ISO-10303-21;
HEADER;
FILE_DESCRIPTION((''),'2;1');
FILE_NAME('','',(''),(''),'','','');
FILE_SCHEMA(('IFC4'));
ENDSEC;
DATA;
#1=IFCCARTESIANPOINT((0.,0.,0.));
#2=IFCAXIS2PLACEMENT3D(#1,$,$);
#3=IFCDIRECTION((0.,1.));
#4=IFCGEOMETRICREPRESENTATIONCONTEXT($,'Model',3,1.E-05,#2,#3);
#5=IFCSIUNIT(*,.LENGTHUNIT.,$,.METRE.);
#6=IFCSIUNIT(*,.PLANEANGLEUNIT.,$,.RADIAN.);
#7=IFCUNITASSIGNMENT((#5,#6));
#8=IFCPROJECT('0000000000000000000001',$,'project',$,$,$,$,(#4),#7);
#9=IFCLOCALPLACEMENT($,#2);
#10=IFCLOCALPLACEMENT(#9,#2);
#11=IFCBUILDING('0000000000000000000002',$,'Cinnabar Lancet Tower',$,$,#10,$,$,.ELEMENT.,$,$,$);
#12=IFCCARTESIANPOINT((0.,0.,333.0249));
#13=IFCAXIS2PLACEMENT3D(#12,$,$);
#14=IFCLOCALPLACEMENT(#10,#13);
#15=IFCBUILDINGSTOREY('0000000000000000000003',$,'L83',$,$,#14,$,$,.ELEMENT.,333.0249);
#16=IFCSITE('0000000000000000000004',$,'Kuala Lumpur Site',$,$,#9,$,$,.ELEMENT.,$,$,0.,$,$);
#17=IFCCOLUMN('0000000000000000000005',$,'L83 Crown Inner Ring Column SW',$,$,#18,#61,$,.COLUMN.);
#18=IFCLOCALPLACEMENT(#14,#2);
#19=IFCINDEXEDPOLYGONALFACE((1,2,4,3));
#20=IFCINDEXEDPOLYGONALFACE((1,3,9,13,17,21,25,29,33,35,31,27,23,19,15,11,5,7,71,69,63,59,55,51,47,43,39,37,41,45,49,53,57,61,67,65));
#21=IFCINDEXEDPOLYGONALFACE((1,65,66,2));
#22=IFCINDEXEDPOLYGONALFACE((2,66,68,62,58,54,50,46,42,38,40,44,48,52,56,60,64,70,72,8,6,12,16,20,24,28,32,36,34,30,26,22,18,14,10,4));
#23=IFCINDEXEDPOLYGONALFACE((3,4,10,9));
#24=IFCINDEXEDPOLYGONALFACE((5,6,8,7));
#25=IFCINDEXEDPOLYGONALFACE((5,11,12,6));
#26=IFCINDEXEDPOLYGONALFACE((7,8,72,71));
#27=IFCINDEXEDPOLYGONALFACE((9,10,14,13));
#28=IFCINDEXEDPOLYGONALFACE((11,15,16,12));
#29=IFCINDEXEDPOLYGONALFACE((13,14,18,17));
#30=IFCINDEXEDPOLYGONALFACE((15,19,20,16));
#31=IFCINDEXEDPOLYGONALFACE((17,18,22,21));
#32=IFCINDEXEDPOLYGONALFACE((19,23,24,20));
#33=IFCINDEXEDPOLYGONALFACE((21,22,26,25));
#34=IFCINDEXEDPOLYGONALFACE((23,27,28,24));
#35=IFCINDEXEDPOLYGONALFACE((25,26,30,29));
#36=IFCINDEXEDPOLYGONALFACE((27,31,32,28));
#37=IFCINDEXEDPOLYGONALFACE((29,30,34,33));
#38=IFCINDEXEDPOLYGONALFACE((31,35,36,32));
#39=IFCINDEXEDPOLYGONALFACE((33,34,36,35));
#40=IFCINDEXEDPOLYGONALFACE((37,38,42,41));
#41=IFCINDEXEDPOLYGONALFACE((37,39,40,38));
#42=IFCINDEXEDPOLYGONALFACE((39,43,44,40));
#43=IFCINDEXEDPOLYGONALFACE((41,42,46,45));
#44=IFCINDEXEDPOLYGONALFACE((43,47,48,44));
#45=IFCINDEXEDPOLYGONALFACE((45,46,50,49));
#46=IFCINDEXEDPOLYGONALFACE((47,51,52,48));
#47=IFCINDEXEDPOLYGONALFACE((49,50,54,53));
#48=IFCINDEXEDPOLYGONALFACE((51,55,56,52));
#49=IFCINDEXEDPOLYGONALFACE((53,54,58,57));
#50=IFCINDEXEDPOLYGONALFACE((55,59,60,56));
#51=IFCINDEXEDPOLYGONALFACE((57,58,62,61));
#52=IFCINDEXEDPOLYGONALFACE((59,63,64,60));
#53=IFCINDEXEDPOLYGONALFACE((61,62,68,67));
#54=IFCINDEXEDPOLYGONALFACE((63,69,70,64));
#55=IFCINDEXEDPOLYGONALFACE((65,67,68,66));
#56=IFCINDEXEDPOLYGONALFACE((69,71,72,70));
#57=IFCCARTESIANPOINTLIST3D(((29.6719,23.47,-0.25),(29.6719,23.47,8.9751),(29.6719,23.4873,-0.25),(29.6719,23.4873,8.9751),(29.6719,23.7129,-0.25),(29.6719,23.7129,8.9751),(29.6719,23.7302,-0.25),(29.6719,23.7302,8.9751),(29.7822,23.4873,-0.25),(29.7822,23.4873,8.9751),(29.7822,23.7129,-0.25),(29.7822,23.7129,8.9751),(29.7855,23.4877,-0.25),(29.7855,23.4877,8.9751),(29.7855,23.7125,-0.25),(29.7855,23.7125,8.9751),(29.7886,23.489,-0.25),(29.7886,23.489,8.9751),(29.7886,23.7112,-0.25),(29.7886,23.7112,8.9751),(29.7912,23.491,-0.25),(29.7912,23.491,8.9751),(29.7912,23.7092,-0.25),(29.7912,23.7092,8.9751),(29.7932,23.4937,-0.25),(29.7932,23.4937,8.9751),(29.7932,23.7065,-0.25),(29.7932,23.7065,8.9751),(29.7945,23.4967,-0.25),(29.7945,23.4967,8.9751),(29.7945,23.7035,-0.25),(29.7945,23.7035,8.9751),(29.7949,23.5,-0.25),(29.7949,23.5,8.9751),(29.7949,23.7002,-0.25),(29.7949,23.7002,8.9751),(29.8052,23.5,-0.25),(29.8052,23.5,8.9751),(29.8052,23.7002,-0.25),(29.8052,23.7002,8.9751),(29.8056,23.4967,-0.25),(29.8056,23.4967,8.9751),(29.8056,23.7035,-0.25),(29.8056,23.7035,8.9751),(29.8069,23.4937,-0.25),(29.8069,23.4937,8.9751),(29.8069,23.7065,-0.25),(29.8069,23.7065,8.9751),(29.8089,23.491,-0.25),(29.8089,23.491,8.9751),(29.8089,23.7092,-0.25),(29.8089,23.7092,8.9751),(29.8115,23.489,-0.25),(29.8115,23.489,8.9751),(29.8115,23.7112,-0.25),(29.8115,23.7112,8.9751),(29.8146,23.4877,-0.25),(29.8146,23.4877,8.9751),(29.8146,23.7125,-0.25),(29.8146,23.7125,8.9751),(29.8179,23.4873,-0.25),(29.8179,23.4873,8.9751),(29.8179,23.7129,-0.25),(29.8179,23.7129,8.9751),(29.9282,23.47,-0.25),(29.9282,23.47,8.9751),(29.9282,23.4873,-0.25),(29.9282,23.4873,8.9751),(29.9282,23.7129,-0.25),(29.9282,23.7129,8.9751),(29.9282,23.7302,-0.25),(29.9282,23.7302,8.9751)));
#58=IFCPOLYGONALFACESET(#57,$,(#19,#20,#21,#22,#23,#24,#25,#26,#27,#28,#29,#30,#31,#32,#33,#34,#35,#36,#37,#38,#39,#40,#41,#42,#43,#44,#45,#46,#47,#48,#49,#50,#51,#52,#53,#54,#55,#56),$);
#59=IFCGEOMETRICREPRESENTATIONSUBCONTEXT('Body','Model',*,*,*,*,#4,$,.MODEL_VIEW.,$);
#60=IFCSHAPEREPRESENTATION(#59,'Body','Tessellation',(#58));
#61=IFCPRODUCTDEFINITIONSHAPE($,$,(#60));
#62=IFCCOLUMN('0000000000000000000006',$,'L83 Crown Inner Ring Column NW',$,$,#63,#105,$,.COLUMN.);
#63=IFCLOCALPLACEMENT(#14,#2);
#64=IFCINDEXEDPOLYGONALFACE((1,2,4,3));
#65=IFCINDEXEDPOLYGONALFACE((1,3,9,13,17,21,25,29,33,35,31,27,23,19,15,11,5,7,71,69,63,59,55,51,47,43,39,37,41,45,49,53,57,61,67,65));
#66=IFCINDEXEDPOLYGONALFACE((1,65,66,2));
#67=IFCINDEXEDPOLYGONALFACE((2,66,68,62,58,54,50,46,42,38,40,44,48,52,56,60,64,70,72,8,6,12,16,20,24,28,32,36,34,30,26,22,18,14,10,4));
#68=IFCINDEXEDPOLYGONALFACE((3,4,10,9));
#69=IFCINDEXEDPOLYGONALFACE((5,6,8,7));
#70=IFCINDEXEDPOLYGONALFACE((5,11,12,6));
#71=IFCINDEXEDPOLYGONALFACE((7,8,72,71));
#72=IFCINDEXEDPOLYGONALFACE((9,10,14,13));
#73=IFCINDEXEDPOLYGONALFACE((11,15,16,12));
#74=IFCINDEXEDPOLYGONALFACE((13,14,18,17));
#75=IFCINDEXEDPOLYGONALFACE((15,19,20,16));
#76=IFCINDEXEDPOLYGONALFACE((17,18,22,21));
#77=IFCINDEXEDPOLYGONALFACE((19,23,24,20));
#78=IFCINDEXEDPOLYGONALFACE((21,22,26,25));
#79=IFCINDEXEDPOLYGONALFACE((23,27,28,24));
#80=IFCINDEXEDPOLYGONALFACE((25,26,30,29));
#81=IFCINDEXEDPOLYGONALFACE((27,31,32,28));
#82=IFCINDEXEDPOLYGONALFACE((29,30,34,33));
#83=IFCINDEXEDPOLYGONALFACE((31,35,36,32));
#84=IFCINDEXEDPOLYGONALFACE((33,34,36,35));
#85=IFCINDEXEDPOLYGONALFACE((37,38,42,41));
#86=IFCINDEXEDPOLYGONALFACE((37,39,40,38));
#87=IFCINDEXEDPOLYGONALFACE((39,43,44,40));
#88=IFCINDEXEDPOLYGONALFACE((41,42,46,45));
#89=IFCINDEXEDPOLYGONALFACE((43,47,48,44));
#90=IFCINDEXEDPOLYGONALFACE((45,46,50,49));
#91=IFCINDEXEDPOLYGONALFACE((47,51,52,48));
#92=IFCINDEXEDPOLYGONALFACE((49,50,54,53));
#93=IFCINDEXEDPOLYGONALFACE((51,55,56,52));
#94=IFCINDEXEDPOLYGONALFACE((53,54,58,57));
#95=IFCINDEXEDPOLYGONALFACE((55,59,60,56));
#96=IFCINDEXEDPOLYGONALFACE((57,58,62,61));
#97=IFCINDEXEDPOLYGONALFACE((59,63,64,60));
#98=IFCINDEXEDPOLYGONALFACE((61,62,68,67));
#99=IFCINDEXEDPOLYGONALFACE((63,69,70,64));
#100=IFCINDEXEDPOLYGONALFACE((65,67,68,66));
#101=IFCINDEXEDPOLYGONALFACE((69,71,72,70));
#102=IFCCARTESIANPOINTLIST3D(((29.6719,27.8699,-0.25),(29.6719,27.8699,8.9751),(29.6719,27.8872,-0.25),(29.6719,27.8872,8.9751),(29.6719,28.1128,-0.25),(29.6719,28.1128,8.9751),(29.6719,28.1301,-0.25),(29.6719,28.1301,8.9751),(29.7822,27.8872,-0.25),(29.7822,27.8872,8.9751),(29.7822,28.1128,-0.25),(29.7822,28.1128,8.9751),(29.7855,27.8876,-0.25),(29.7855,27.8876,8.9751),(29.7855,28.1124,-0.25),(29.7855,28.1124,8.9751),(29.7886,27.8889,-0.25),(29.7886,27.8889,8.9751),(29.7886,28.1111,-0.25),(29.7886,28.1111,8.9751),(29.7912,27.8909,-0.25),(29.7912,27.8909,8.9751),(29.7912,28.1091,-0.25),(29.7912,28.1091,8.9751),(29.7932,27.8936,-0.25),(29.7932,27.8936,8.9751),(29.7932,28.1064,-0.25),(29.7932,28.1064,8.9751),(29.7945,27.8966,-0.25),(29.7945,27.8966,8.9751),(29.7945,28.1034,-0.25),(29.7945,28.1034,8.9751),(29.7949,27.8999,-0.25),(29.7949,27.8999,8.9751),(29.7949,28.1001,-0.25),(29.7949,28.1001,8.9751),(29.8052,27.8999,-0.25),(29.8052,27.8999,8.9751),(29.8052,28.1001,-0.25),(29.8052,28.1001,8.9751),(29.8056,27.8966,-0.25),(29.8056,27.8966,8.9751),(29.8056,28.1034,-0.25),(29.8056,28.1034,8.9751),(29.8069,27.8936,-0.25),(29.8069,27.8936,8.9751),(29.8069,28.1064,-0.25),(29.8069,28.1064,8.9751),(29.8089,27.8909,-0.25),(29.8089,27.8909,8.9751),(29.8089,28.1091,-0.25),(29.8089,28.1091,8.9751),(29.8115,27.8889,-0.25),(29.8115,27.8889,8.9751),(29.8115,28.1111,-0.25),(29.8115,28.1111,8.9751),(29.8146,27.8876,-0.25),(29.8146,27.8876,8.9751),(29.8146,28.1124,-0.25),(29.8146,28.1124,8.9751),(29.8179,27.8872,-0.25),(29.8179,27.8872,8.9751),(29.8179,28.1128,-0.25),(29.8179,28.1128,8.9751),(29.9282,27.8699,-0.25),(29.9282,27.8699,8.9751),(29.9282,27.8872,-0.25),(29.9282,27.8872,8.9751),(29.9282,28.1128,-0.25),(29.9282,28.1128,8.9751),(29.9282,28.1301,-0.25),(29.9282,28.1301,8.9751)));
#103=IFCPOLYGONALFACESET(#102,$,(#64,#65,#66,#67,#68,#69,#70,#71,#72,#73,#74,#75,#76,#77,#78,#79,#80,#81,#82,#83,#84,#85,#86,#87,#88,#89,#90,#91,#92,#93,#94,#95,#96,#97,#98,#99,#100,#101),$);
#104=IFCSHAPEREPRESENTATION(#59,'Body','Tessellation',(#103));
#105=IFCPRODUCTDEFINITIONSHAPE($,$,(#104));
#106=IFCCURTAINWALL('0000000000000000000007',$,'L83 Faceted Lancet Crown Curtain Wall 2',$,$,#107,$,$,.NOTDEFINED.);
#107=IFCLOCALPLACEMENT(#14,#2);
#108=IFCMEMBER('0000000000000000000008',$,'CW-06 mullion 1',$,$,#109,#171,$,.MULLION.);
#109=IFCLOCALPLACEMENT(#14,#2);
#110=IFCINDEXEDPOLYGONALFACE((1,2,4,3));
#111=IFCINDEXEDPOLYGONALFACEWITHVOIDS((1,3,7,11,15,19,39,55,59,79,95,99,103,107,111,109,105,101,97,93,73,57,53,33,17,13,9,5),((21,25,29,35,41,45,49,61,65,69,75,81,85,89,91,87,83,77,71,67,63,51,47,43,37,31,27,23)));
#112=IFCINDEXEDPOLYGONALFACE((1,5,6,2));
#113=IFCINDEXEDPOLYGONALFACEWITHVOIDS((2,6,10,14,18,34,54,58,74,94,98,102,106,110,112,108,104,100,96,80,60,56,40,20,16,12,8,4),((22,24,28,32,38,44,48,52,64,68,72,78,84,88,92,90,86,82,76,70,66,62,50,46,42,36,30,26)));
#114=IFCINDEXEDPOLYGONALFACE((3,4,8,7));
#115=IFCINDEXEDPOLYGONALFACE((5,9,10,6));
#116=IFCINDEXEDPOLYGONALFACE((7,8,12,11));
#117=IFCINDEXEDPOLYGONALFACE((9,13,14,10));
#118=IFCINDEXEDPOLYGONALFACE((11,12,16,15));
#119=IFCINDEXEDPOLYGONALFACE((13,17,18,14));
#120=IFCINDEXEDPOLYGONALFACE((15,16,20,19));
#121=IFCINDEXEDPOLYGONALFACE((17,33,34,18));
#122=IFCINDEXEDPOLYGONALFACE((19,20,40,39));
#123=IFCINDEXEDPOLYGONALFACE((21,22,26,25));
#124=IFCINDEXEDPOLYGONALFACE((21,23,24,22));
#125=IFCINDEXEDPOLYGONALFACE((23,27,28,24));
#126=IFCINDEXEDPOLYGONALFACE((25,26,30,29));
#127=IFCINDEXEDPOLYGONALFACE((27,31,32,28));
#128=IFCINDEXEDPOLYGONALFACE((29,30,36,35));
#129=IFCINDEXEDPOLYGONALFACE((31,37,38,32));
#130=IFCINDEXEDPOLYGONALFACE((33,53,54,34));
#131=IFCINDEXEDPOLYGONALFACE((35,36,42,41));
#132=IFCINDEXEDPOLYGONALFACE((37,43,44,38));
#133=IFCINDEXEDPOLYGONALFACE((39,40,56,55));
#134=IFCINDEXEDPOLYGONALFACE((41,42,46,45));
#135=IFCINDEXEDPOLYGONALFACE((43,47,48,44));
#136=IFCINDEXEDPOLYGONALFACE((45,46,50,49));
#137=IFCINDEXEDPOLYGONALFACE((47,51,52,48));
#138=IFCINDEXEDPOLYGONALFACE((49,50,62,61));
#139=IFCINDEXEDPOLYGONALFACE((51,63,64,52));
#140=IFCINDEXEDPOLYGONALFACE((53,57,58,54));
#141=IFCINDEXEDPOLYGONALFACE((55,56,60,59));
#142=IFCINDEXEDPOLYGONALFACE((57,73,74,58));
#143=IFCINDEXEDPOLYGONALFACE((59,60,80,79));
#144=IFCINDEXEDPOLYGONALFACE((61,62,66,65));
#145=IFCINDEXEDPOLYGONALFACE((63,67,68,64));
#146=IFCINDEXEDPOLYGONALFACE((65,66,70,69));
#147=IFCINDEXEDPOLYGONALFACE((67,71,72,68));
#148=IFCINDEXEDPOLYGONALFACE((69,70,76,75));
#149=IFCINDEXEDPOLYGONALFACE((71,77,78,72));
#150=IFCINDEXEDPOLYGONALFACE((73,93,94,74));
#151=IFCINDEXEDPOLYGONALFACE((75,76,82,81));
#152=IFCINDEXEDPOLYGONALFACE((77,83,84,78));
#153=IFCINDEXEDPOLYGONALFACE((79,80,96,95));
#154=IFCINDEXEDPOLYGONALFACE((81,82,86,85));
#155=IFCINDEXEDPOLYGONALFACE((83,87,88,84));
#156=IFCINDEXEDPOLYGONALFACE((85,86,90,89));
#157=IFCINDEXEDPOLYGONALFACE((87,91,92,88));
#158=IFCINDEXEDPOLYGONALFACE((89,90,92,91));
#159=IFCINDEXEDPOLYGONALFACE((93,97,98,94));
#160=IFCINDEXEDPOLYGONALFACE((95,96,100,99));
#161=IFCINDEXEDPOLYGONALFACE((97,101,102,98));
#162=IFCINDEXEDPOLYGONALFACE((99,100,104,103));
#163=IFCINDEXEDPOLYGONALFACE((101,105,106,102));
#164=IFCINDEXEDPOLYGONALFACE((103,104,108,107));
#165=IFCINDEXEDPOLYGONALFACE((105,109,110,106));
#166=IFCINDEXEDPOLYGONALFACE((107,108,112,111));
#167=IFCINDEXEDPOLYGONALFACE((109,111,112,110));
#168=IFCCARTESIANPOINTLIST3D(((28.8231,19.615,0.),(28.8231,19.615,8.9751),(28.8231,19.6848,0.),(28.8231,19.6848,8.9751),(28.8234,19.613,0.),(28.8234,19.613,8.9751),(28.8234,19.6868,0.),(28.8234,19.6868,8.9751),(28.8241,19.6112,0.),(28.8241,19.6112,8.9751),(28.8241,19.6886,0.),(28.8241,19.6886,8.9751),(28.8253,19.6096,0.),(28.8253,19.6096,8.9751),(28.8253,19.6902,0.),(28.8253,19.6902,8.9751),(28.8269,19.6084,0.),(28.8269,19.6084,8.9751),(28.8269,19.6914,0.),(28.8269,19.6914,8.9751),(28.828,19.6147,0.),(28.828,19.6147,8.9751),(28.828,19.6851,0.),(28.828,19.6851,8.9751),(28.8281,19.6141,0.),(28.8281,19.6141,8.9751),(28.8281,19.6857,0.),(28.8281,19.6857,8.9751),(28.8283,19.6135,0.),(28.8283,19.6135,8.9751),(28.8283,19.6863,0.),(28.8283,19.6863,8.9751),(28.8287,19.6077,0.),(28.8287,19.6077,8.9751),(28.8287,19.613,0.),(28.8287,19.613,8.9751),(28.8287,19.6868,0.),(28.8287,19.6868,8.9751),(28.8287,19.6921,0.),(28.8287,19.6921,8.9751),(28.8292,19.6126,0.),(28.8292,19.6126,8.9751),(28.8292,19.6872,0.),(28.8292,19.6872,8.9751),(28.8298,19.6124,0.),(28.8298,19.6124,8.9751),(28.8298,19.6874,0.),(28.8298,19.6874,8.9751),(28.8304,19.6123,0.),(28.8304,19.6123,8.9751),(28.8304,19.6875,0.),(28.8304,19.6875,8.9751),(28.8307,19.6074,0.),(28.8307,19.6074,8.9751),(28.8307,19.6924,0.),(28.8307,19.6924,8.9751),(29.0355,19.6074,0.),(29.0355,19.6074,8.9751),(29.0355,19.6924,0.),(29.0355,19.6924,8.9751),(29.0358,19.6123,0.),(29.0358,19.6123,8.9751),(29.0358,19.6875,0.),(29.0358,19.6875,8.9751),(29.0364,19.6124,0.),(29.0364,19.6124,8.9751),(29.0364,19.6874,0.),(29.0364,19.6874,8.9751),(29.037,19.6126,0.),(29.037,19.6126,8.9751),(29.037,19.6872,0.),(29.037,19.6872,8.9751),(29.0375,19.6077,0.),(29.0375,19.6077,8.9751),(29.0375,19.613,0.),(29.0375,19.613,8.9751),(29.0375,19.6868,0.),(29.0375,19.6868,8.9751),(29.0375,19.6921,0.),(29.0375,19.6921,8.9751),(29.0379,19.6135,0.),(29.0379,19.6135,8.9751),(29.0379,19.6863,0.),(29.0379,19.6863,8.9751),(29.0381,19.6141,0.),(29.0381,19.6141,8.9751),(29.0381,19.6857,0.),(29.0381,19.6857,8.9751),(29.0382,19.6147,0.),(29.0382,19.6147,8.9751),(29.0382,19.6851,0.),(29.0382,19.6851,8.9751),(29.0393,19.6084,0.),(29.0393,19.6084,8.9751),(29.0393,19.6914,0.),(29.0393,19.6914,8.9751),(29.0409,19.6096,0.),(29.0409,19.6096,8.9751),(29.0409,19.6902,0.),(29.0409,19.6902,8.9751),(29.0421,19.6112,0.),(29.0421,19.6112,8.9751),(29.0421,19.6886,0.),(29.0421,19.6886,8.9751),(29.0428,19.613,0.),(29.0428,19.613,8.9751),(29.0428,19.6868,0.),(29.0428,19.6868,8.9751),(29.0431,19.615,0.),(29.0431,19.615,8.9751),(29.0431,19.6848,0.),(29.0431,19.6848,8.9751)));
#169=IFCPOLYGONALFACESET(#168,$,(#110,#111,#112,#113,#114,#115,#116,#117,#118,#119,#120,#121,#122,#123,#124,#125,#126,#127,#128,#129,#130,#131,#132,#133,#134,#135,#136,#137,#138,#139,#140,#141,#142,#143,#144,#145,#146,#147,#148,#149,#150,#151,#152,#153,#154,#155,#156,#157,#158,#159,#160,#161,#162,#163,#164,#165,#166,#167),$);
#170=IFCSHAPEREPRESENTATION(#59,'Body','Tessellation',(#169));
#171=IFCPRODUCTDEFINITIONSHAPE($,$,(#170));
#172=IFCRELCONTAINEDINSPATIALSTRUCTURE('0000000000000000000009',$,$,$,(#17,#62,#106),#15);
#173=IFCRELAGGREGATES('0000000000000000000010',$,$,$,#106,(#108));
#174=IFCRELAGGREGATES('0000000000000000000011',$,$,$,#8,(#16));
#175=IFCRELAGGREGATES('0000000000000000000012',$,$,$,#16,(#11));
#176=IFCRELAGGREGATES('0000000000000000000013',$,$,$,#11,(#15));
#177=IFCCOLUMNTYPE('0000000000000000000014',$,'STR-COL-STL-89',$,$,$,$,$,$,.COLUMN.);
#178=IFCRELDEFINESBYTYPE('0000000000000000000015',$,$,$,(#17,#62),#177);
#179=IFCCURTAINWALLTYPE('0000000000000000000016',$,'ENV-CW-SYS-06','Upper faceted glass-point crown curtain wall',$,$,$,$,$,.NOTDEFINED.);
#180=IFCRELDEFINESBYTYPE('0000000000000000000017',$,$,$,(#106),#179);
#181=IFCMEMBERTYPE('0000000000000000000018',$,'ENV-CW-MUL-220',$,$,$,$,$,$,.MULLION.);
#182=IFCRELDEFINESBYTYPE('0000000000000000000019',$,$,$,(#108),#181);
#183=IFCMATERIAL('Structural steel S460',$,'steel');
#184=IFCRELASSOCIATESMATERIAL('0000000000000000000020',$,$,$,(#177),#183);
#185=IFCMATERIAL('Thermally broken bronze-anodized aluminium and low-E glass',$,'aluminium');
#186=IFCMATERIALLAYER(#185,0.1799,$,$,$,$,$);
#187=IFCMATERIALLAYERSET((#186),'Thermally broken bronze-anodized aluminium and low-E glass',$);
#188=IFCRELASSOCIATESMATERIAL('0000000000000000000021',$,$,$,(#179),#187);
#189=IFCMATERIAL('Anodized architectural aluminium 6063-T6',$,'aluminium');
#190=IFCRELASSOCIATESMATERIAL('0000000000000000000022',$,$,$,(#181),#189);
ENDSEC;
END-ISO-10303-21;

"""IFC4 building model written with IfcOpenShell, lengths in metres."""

from ifc_helpers import new_model, si_unit, direction, frame, origin, origin_2d, place, context, subcontext, project, spatial, hollow_rectangle, i_section, extrude, material, layer, layer_set, material_profile, profile_set, type_object, element, aggregate, save


model = new_model("IFC4")

# Units and contexts
model_context = context("Model", 3, precision=1e-05, world=origin(), true_north=direction((0.0, 1.0)))
body_context = subcontext(model_context, "Body", "Model", "MODEL_VIEW")
ifc_project = project(units=[si_unit("LENGTHUNIT", "METRE"), si_unit("PLANEANGLEUNIT", "RADIAN")], contexts=[model_context])

# Site, building, storey
site_placement = place(None, origin())
site = spatial("IfcSite", under=ifc_project, at=site_placement, Name="Kuala Lumpur Site", CompositionType="ELEMENT", RefElevation=0.0)
building_placement = place(site_placement, origin())
building = spatial("IfcBuilding", under=site, at=building_placement, Name="Cinnabar Lancet Tower", CompositionType="ELEMENT")
storey_placement = place(building_placement, frame((0.0, 0.0, 333.0249)))
storey = spatial("IfcBuildingStorey", under=building, at=storey_placement, Name="L83", CompositionType="ELEMENT", Elevation=333.0249)

# Columns
ifc_material_1 = material(Name="Structural steel S460", Category="steel")
ifc_material_profile_1 = material_profile(ifc_material_1, i_section(OverallWidth=0.2563, OverallDepth=0.2603, WebThickness=0.0103, FlangeThickness=0.0173, FilletRadius=0.0127, at=origin_2d()), Name="UKC 254x254x89")
ifc_profile_set_1 = profile_set([ifc_material_profile_1], Name="Structural steel S460")
column_type = type_object("IfcColumnType", Name="STR-COL-STL-89", PredefinedType="COLUMN", material=ifc_profile_set_1)
for number, where, z_axis, x_axis, name in (
    (1, (29.8, 23.6001, -0.25), (0.0, 0.0, 1.0), (1.0, 0.0, 0.0), "L83 Crown Inner Ring Column SW"),
    (2, (29.8, 28.0, -0.25), (0.0, 0.0, 1.0), (1.0, 0.0, 0.0), "L83 Crown Inner Ring Column NW"),
):
    element("IfcColumn", number, at=place(storey_placement, frame(where, z_axis=z_axis, x_axis=x_axis)), inside=storey, type_object=column_type, Name=name, PredefinedType="COLUMN", context=body_context, shape_type="SweptSolid", body=[
        extrude(i_section(OverallWidth=0.2563, OverallDepth=0.2603, WebThickness=0.0103, FlangeThickness=0.0173, FilletRadius=0.0127, at=origin_2d()), origin(), (0.0, 0.0, 1.0), 9.2251),
    ])

# Curtain wall, member
ifc_material_2 = material(Name="Thermally broken bronze-anodized aluminium and low-E glass", Category="aluminium")
ifc_layer_1 = layer(ifc_material_2, 0.1799)
ifc_layer_set_1 = layer_set([ifc_layer_1], Name="Thermally broken bronze-anodized aluminium and low-E glass")
curtain_wall_type = type_object("IfcCurtainWallType", Name="ENV-CW-SYS-06", Description="Upper faceted glass-point crown curtain wall", PredefinedType="NOTDEFINED", material=ifc_layer_set_1)
curtain_wall_1_placement = place(storey_placement, origin())
curtain_wall_1 = element("IfcCurtainWall", 3, at=curtain_wall_1_placement, inside=storey, type_object=curtain_wall_type, Name="L83 Faceted Lancet Crown Curtain Wall 2", PredefinedType="NOTDEFINED")
ifc_material_3 = material(Name="Anodized architectural aluminium 6063-T6", Category="aluminium")
ifc_material_profile_2 = material_profile(ifc_material_3, hollow_rectangle(XDim=0.085, YDim=0.22, WallThickness=0.0049, InnerFilletRadius=0.0024, OuterFilletRadius=0.0076, at=origin_2d()), Name="CW-MUL 220x85x5")
ifc_profile_set_2 = profile_set([ifc_material_profile_2], Name="Anodized architectural aluminium 6063-T6")
member_type_1 = type_object("IfcMemberType", Name="ENV-CW-MUL-220", PredefinedType="MULLION", material=ifc_profile_set_2)
member_1_placement = place(storey_placement, frame((28.9331, 19.6499, 0.0), z_axis=(0.0, 0.0, 1.0), x_axis=(0.0, 1.0, 0.0)))
member_1 = element("IfcMember", 4, at=member_1_placement, type_object=member_type_1, Name="CW-06 mullion 1", PredefinedType="MULLION", context=body_context, shape_type="SweptSolid", body=[
    extrude(hollow_rectangle(XDim=0.085, YDim=0.22, WallThickness=0.0049, InnerFilletRadius=0.0024, OuterFilletRadius=0.0076, at=origin_2d()), origin(), (0.0, 0.0, 1.0), 8.9751),
])

aggregate(curtain_wall_1, [member_1])

save(model, "model.ifc")
